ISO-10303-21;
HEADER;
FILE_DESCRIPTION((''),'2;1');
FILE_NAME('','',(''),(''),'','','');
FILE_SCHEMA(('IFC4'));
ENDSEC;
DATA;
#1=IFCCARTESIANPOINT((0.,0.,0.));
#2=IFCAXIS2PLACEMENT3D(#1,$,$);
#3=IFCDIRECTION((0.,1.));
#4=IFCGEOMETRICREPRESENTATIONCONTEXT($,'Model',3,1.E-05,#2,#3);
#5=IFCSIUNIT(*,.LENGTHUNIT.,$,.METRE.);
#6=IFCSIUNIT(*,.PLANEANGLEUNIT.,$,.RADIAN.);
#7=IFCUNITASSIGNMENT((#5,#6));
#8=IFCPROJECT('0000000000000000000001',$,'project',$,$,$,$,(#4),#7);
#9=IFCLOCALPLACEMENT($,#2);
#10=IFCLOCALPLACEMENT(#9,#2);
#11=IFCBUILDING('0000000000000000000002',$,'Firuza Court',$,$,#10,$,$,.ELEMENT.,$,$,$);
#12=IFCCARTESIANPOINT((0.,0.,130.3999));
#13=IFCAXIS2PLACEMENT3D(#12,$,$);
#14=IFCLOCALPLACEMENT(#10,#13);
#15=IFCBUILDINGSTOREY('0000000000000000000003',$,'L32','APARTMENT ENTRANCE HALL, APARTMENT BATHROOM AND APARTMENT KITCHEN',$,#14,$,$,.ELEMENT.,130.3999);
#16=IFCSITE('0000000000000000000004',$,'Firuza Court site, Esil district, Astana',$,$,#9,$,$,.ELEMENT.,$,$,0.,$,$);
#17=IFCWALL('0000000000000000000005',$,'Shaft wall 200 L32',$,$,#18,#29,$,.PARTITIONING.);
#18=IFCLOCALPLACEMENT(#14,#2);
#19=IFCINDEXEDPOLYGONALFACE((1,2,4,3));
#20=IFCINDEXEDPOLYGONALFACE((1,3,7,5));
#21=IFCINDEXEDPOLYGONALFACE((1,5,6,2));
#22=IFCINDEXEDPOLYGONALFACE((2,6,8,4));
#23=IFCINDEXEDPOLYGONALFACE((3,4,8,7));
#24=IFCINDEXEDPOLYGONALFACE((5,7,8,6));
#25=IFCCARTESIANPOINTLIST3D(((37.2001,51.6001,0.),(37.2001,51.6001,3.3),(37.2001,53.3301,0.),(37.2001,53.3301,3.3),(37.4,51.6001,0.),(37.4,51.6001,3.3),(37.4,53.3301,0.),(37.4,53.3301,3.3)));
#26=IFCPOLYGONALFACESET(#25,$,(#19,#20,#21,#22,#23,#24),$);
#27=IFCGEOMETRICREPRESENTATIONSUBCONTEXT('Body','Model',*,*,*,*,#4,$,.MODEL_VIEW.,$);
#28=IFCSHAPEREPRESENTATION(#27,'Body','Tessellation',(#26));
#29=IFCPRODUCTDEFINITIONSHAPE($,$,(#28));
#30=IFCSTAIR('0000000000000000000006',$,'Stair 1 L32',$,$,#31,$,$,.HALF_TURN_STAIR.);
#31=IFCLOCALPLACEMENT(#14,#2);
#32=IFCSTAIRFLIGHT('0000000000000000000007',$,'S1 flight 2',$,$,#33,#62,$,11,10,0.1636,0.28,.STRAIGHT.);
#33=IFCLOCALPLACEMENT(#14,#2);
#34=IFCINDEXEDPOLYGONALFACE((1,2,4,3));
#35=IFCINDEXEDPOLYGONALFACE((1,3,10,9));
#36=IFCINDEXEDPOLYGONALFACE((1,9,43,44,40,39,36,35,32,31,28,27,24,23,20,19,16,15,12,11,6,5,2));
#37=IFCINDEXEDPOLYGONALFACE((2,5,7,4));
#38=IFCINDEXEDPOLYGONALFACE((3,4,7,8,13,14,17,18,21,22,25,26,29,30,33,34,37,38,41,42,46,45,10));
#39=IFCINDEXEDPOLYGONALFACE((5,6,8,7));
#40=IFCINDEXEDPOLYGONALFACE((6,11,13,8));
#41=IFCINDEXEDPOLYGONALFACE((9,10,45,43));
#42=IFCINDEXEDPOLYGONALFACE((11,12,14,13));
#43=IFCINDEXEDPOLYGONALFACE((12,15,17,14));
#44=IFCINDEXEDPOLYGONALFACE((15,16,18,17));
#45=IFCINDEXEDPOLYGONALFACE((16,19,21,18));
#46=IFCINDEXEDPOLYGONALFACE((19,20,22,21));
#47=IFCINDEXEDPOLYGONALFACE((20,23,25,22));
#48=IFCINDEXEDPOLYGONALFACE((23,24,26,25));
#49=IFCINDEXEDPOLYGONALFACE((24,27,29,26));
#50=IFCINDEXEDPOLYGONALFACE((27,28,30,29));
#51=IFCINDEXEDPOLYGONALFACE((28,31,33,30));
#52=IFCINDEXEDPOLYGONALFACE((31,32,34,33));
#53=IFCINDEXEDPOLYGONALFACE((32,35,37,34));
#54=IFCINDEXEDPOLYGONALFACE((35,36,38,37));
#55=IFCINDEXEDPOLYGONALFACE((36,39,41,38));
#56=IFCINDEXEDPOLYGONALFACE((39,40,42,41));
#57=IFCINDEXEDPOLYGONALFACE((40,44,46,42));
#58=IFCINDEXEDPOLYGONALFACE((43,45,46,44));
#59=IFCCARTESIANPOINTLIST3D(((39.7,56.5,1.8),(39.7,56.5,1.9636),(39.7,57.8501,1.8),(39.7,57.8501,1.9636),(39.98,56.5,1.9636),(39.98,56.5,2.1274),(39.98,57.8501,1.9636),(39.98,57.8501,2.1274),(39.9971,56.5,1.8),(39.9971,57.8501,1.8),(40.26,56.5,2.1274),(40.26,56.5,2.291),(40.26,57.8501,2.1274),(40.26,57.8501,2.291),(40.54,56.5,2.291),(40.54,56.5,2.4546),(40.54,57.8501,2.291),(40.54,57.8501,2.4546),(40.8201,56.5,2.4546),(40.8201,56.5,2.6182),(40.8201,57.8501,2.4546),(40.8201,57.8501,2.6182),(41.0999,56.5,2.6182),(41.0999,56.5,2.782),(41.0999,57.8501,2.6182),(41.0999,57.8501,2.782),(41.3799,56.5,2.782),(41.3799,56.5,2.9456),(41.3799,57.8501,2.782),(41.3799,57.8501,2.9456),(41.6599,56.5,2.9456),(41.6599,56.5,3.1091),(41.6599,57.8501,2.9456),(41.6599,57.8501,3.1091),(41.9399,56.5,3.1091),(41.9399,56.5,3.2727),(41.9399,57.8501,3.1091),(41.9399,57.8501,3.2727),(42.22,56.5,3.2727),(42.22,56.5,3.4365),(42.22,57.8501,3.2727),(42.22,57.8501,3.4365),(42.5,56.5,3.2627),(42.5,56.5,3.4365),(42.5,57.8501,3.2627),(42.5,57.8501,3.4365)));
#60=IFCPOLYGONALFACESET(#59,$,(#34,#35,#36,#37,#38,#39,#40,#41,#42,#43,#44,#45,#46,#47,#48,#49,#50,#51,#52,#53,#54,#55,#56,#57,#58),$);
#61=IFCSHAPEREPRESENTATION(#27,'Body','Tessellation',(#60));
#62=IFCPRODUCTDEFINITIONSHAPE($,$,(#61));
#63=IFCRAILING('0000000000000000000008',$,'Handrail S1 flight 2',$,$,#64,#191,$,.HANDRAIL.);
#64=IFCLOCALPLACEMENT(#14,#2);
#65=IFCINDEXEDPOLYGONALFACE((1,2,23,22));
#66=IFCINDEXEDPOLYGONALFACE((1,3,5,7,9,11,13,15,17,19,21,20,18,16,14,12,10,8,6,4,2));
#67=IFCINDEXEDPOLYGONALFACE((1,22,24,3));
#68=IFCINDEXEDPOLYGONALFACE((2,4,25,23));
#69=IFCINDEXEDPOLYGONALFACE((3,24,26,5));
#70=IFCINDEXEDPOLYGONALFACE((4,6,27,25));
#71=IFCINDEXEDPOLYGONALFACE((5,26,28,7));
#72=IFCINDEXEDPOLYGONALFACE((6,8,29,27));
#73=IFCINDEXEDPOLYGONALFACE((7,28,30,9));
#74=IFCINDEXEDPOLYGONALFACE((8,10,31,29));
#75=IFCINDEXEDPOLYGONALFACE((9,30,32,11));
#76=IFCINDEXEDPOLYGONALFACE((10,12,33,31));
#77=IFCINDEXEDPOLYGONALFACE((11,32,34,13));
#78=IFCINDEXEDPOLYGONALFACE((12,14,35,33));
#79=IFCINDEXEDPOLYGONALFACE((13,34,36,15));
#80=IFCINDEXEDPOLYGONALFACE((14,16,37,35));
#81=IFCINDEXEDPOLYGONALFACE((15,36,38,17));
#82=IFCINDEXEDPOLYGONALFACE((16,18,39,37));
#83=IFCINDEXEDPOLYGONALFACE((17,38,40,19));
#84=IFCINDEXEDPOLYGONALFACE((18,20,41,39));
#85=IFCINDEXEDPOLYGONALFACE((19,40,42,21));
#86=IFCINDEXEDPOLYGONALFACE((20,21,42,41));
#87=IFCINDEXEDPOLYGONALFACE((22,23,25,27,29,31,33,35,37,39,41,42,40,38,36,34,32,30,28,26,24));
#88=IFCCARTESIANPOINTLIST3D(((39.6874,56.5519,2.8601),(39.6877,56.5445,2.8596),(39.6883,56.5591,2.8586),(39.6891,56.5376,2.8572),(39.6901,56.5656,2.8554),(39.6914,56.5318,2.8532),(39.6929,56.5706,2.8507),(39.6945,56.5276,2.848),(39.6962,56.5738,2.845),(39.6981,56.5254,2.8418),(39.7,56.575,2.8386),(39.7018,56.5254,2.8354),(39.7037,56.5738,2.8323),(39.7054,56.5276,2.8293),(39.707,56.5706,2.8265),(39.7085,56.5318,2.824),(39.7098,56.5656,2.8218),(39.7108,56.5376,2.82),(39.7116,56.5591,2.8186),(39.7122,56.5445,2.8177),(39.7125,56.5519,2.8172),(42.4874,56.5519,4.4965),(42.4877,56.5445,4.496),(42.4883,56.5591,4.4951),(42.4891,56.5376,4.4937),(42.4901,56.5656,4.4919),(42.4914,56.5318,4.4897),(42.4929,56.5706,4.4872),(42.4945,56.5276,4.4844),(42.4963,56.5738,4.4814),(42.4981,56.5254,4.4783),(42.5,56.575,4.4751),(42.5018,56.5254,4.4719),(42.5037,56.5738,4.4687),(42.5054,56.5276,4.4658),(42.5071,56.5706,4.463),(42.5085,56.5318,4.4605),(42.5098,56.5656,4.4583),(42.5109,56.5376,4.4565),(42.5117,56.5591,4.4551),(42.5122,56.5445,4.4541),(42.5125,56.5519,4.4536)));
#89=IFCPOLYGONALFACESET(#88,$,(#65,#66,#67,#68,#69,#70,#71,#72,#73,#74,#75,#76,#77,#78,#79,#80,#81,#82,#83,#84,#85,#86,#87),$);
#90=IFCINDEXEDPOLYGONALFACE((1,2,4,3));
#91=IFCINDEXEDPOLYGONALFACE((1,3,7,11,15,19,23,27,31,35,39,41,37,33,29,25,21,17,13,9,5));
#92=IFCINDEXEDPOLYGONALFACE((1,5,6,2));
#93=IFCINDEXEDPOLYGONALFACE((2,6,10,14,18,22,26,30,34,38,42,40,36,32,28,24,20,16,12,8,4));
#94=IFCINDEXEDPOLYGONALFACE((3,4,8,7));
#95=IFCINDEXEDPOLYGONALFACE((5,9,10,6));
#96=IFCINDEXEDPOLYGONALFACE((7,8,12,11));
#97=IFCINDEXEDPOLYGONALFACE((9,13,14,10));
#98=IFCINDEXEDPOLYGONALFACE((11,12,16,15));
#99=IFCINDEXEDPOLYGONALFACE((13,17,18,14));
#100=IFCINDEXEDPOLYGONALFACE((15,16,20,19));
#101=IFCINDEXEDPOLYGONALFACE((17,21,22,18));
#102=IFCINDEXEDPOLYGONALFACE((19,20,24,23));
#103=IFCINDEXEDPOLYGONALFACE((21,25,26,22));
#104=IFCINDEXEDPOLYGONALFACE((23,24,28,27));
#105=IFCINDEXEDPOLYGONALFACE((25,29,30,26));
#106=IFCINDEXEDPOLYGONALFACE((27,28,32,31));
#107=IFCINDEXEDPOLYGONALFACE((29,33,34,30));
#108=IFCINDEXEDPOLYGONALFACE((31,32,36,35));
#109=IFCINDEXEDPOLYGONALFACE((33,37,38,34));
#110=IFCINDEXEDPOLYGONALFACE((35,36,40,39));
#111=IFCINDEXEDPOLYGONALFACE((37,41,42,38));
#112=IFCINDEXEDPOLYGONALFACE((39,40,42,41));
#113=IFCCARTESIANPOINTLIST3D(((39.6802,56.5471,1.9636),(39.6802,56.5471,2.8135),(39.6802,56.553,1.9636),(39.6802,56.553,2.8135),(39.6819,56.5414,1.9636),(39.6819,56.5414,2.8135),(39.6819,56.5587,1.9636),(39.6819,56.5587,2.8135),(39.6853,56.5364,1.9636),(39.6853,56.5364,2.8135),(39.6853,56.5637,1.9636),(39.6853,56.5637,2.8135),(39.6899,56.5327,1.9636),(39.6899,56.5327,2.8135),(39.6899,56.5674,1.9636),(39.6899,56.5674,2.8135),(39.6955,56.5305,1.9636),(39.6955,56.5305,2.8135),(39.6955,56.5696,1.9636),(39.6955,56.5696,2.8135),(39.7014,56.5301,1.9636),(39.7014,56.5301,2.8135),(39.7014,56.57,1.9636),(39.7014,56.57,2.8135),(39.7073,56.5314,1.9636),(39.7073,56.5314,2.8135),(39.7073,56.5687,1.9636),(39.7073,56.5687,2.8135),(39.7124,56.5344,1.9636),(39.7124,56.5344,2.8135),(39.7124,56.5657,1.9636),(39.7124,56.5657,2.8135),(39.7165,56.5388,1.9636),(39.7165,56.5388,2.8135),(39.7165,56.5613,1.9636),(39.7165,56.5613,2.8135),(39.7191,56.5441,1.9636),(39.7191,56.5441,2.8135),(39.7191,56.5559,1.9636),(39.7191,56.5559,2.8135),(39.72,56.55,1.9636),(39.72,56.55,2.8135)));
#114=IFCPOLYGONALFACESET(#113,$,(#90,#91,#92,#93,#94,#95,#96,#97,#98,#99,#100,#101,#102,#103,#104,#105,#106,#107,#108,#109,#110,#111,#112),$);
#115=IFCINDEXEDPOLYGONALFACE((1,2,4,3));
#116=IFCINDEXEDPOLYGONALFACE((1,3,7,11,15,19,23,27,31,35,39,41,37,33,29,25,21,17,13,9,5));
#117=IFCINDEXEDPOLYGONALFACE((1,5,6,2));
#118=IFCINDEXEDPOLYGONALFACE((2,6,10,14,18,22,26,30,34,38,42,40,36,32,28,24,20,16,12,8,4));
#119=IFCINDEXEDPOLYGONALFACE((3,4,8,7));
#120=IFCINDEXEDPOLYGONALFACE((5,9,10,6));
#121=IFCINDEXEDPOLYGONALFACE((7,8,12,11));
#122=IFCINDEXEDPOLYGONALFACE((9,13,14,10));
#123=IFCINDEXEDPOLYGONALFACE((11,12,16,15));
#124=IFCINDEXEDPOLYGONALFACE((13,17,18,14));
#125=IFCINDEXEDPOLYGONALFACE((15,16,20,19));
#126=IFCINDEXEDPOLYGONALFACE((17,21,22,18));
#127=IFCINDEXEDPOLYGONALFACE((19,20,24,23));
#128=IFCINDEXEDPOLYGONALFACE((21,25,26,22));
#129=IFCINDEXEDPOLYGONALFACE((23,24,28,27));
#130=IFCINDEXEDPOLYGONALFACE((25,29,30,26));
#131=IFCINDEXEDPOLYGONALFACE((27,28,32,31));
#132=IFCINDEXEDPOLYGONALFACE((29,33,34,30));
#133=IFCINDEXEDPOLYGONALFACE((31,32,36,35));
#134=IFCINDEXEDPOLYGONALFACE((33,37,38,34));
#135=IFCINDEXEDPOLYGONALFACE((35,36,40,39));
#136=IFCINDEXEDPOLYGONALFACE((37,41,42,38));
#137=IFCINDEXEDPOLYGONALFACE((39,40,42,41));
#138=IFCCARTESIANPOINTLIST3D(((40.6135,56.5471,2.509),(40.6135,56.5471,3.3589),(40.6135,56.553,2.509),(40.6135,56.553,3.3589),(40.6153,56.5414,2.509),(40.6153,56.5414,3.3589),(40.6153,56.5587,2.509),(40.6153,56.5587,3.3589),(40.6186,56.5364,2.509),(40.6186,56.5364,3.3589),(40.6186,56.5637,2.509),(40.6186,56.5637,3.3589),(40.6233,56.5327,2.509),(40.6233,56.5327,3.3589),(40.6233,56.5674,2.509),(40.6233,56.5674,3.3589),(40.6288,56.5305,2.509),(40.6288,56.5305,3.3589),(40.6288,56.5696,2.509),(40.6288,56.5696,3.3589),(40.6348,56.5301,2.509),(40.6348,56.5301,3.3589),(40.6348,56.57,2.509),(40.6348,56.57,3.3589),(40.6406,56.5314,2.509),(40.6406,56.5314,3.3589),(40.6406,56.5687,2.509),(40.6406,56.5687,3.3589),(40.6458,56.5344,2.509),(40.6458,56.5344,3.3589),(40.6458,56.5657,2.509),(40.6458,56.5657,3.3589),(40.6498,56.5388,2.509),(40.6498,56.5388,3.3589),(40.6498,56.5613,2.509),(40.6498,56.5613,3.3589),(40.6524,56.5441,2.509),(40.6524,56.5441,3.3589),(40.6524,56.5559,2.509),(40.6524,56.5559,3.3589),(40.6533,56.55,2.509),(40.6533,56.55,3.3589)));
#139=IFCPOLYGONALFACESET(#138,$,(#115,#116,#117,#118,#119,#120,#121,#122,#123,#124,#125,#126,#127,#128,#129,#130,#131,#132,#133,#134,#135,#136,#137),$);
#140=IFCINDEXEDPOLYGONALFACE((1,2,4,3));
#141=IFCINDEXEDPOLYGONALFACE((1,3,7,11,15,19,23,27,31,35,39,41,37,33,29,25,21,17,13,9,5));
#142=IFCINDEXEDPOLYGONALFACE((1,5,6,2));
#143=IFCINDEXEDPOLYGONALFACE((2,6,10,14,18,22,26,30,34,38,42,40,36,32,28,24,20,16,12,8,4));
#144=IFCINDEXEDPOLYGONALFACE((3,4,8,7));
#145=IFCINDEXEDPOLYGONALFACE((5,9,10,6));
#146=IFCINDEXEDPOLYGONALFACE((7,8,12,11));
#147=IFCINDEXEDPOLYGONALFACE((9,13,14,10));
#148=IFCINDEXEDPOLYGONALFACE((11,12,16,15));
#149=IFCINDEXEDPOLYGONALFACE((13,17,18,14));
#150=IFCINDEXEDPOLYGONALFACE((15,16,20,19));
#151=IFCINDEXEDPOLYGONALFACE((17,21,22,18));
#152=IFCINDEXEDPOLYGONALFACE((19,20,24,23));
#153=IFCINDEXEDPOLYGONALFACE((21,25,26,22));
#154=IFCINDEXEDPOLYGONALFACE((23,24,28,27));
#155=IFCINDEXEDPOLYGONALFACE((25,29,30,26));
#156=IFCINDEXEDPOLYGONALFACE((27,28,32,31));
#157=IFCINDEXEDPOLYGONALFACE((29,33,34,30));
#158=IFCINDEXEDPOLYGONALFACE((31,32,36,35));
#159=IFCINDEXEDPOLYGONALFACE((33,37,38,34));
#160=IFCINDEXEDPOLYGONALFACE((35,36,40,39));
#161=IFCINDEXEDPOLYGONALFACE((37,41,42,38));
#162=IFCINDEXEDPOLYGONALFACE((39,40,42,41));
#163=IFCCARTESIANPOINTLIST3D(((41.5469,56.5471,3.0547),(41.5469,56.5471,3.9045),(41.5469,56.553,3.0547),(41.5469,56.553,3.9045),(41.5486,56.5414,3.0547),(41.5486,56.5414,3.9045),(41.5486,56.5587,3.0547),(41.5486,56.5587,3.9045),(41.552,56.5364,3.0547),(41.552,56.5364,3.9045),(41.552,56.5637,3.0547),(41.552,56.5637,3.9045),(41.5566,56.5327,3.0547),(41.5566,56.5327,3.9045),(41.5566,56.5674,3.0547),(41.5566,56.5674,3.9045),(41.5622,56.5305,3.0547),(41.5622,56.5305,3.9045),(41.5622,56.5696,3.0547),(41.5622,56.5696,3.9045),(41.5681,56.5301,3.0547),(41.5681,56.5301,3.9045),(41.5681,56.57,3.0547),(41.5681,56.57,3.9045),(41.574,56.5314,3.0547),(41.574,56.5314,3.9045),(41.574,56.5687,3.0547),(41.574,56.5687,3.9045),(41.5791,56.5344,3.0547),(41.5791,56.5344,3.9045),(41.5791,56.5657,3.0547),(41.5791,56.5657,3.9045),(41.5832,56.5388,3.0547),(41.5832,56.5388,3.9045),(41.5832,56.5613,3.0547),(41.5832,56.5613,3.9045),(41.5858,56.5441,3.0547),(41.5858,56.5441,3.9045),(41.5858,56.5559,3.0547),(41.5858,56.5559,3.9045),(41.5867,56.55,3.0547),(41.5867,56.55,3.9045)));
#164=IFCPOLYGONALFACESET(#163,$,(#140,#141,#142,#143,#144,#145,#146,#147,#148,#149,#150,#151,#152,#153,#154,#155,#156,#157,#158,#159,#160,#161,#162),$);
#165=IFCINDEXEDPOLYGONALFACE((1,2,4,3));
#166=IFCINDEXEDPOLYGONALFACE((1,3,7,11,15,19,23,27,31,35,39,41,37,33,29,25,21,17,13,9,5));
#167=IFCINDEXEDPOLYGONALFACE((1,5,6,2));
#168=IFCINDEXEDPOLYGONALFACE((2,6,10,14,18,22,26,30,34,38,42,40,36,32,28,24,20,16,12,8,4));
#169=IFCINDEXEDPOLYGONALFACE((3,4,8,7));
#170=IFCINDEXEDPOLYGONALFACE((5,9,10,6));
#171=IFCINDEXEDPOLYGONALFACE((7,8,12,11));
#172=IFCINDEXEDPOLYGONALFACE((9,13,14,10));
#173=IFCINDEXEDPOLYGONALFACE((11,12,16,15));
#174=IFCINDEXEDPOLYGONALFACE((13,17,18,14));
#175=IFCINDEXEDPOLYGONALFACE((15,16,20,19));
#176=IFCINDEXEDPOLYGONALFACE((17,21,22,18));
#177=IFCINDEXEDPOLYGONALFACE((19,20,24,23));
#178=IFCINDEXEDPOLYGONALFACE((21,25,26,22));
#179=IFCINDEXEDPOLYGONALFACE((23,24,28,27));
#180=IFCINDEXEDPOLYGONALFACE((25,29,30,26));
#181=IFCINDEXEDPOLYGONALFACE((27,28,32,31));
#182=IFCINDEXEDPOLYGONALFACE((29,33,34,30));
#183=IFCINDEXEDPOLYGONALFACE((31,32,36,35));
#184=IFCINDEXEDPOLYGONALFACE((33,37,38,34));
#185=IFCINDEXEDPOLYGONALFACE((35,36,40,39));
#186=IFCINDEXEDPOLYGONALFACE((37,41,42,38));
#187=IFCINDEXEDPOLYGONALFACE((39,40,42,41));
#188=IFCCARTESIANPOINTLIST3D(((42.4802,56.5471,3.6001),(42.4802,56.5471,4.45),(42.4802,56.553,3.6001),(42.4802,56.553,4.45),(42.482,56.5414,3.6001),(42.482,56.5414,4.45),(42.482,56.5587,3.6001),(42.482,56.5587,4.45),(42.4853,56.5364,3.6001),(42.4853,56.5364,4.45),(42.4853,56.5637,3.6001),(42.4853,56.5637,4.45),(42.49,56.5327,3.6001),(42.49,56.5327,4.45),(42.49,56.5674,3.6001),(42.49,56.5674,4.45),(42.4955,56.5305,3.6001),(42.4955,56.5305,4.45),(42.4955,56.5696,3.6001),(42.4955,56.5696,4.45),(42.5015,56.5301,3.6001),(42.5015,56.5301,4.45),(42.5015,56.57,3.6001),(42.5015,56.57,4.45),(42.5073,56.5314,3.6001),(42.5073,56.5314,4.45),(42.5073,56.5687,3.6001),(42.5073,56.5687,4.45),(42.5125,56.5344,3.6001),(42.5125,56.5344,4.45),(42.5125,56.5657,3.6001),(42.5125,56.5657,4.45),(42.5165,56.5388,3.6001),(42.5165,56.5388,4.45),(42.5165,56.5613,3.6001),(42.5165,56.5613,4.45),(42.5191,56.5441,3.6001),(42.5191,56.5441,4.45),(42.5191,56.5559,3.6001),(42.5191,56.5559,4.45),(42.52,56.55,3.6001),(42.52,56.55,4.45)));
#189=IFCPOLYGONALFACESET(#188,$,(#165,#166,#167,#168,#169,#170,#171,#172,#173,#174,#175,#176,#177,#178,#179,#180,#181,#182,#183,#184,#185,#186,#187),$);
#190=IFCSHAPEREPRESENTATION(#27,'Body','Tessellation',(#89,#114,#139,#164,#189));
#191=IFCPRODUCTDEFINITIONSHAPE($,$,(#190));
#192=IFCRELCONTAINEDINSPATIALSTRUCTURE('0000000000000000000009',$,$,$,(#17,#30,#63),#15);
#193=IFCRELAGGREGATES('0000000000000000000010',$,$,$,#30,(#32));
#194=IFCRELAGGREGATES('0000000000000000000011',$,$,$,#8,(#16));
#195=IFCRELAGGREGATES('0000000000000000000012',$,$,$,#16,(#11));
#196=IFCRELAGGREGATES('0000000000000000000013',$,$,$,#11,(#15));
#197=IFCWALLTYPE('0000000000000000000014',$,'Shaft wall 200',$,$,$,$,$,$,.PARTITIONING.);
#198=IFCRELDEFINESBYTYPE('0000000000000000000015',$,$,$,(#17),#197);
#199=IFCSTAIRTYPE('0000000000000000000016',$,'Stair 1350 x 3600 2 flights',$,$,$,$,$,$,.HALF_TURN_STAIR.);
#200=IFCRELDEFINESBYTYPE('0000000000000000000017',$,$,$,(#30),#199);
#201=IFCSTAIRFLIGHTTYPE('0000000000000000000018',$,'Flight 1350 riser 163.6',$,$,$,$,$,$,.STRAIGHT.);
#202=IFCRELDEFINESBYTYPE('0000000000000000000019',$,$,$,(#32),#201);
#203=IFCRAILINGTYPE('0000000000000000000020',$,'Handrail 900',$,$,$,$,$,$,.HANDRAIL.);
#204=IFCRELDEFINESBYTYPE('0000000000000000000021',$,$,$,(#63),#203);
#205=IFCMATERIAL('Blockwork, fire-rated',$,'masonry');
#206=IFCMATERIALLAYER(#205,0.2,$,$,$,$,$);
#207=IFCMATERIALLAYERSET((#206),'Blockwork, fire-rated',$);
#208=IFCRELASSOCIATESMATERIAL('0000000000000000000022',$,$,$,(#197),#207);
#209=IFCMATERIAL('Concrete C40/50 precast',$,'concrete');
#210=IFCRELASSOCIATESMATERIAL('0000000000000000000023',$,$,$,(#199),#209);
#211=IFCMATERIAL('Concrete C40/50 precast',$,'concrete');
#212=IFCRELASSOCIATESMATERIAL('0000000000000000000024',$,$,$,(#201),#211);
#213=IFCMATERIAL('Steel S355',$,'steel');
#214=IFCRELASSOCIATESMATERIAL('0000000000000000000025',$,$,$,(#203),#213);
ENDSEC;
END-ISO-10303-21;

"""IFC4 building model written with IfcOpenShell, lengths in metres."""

from ifc_helpers import new_model, si_unit, direction, frame, frame_2d, origin, origin_2d, place, context, subcontext, project, spatial, polyline, rectangle, circle, outline, extrude, material, layer, layer_set, type_object, element, aggregate, save


model = new_model("IFC4")

# Units and contexts
model_context = context("Model", 3, precision=1e-05, world=origin(), true_north=direction((0.0, 1.0)))
body_context = subcontext(model_context, "Body", "Model", "MODEL_VIEW")
ifc_project = project(units=[si_unit("LENGTHUNIT", "METRE"), si_unit("PLANEANGLEUNIT", "RADIAN")], contexts=[model_context])

# Site, building, storey
site_placement = place(None, origin())
site = spatial("IfcSite", under=ifc_project, at=site_placement, Name="Firuza Court site, Esil district, Astana", CompositionType="ELEMENT", RefElevation=0.0)
building_placement = place(site_placement, origin())
building = spatial("IfcBuilding", under=site, at=building_placement, Name="Firuza Court", CompositionType="ELEMENT")
storey_placement = place(building_placement, frame((0.0, 0.0, 130.3999)))
storey = spatial("IfcBuildingStorey", under=building, at=storey_placement, Name="L32", Description="APARTMENT ENTRANCE HALL, APARTMENT BATHROOM AND APARTMENT KITCHEN", CompositionType="ELEMENT", Elevation=130.3999)

# Shared definitions
ifc_material_1 = material(Name="Blockwork, fire-rated", Category="masonry")

# Shared definitions
ifc_layer_1 = layer(ifc_material_1, 0.2)
ifc_layer_set_1 = layer_set([ifc_layer_1], Name="Blockwork, fire-rated")
wall_type_1 = type_object("IfcWallType", Name="Shaft wall 200", PredefinedType="PARTITIONING", material=ifc_layer_set_1)

# Wall
wall_1_placement = place(storey_placement, frame((37.3, 51.6001, 0.0), z_axis=(0.0, 0.0, 1.0), x_axis=(0.0, 1.0, 0.0)))
element("IfcWall", 1, at=wall_1_placement, inside=storey, type_object=wall_type_1, Name="Shaft wall 200 L32", PredefinedType="PARTITIONING", context=body_context, shape_type="SweptSolid", body=[
    extrude(rectangle(XDim=1.73, YDim=0.2, at=frame_2d((0.865, 0.0))), origin(), (0.0, 0.0, 1.0), 3.3),
])

# Stair, stair flight
ifc_material_2 = material(Name="Concrete C40/50 precast", Category="concrete")
stair_type = type_object("IfcStairType", Name="Stair 1350 x 3600 2 flights", PredefinedType="HALF_TURN_STAIR", material=ifc_material_2)
stair_placement = place(storey_placement, origin())
stair = element("IfcStair", 2, at=stair_placement, inside=storey, type_object=stair_type, Name="Stair 1 L32", PredefinedType="HALF_TURN_STAIR")
ifc_material_3 = material(Name="Concrete C40/50 precast", Category="concrete")
stair_flight_type = type_object("IfcStairFlightType", Name="Flight 1350 riser 163.6", PredefinedType="STRAIGHT", material=ifc_material_3)
stair_flight_placement = place(storey_placement, frame((39.7, 57.175, 1.8), z_axis=(0.0, 0.0, 1.0), x_axis=(1.0, 0.0, 0.0)))
stair_flight = element("IfcStairFlight", 3, at=stair_flight_placement, type_object=stair_flight_type, Name="S1 flight 2", NumberOfRisers=11, NumberOfTreads=10, PredefinedType="STRAIGHT", RiserHeight=0.1636, TreadLength=0.28, context=body_context, shape_type="SweptSolid", body=[
    extrude(outline(polyline([(0.0, 0.0), (0.0, 0.1636), (0.28, 0.1636), (0.28, 0.3274), (0.5601, 0.3274), (0.5601, 0.491), (0.8401, 0.491), (0.8401, 0.6545), (1.1201, 0.6545), (1.1201, 0.8181), (1.3999, 0.8181), (1.3999, 0.9819), (1.6799, 0.9819), (1.6799, 1.1455), (1.96, 1.1455), (1.96, 1.3091), (2.24, 1.3091), (2.24, 1.4727), (2.52, 1.4727), (2.52, 1.6365), (2.8, 1.6365), (2.8, 1.8), (2.8, 1.4626), (0.2971, 0.0), (0.0, 0.0)])), frame((0.0, 0.675, 0.0), z_axis=(0.0, -1.0, 0.0), x_axis=(1.0, 0.0, 0.0)), (0.0, 0.0, 1.0), 1.3501),
])
aggregate(stair, [stair_flight])

# Railing
ifc_material_4 = material(Name="Steel S355", Category="steel")
railing_type = type_object("IfcRailingType", Name="Handrail 900", PredefinedType="HANDRAIL", material=ifc_material_4)
railing_placement = place(storey_placement, frame((39.7, 56.55, 1.9636)))
element("IfcRailing", 4, at=railing_placement, inside=storey, type_object=railing_type, Name="Handrail S1 flight 2", PredefinedType="HANDRAIL", context=body_context, shape_type="SweptSolid", body=[
    extrude(circle(Radius=0.0249, at=origin_2d()), frame((0.0, 0.0, 0.875), z_axis=(0.863361, 0.0, 0.504587), x_axis=(0.0, 1.0, 0.0)), (0.0, 0.0, 1.0), 3.2432),
    extrude(circle(Radius=0.02, at=origin_2d()), origin(), (0.0, 0.0, 1.0), 0.8499),
    extrude(circle(Radius=0.02, at=origin_2d()), frame((0.9333, 0.0, 0.5454)), (0.0, 0.0, 1.0), 0.8499),
    extrude(circle(Radius=0.02, at=origin_2d()), frame((1.8667, 0.0, 1.0911)), (0.0, 0.0, 1.0), 0.8499),
    extrude(circle(Radius=0.02, at=origin_2d()), frame((2.8, 0.0, 1.6365)), (0.0, 0.0, 1.0), 0.8499),
])

save(model, "model.ifc")
